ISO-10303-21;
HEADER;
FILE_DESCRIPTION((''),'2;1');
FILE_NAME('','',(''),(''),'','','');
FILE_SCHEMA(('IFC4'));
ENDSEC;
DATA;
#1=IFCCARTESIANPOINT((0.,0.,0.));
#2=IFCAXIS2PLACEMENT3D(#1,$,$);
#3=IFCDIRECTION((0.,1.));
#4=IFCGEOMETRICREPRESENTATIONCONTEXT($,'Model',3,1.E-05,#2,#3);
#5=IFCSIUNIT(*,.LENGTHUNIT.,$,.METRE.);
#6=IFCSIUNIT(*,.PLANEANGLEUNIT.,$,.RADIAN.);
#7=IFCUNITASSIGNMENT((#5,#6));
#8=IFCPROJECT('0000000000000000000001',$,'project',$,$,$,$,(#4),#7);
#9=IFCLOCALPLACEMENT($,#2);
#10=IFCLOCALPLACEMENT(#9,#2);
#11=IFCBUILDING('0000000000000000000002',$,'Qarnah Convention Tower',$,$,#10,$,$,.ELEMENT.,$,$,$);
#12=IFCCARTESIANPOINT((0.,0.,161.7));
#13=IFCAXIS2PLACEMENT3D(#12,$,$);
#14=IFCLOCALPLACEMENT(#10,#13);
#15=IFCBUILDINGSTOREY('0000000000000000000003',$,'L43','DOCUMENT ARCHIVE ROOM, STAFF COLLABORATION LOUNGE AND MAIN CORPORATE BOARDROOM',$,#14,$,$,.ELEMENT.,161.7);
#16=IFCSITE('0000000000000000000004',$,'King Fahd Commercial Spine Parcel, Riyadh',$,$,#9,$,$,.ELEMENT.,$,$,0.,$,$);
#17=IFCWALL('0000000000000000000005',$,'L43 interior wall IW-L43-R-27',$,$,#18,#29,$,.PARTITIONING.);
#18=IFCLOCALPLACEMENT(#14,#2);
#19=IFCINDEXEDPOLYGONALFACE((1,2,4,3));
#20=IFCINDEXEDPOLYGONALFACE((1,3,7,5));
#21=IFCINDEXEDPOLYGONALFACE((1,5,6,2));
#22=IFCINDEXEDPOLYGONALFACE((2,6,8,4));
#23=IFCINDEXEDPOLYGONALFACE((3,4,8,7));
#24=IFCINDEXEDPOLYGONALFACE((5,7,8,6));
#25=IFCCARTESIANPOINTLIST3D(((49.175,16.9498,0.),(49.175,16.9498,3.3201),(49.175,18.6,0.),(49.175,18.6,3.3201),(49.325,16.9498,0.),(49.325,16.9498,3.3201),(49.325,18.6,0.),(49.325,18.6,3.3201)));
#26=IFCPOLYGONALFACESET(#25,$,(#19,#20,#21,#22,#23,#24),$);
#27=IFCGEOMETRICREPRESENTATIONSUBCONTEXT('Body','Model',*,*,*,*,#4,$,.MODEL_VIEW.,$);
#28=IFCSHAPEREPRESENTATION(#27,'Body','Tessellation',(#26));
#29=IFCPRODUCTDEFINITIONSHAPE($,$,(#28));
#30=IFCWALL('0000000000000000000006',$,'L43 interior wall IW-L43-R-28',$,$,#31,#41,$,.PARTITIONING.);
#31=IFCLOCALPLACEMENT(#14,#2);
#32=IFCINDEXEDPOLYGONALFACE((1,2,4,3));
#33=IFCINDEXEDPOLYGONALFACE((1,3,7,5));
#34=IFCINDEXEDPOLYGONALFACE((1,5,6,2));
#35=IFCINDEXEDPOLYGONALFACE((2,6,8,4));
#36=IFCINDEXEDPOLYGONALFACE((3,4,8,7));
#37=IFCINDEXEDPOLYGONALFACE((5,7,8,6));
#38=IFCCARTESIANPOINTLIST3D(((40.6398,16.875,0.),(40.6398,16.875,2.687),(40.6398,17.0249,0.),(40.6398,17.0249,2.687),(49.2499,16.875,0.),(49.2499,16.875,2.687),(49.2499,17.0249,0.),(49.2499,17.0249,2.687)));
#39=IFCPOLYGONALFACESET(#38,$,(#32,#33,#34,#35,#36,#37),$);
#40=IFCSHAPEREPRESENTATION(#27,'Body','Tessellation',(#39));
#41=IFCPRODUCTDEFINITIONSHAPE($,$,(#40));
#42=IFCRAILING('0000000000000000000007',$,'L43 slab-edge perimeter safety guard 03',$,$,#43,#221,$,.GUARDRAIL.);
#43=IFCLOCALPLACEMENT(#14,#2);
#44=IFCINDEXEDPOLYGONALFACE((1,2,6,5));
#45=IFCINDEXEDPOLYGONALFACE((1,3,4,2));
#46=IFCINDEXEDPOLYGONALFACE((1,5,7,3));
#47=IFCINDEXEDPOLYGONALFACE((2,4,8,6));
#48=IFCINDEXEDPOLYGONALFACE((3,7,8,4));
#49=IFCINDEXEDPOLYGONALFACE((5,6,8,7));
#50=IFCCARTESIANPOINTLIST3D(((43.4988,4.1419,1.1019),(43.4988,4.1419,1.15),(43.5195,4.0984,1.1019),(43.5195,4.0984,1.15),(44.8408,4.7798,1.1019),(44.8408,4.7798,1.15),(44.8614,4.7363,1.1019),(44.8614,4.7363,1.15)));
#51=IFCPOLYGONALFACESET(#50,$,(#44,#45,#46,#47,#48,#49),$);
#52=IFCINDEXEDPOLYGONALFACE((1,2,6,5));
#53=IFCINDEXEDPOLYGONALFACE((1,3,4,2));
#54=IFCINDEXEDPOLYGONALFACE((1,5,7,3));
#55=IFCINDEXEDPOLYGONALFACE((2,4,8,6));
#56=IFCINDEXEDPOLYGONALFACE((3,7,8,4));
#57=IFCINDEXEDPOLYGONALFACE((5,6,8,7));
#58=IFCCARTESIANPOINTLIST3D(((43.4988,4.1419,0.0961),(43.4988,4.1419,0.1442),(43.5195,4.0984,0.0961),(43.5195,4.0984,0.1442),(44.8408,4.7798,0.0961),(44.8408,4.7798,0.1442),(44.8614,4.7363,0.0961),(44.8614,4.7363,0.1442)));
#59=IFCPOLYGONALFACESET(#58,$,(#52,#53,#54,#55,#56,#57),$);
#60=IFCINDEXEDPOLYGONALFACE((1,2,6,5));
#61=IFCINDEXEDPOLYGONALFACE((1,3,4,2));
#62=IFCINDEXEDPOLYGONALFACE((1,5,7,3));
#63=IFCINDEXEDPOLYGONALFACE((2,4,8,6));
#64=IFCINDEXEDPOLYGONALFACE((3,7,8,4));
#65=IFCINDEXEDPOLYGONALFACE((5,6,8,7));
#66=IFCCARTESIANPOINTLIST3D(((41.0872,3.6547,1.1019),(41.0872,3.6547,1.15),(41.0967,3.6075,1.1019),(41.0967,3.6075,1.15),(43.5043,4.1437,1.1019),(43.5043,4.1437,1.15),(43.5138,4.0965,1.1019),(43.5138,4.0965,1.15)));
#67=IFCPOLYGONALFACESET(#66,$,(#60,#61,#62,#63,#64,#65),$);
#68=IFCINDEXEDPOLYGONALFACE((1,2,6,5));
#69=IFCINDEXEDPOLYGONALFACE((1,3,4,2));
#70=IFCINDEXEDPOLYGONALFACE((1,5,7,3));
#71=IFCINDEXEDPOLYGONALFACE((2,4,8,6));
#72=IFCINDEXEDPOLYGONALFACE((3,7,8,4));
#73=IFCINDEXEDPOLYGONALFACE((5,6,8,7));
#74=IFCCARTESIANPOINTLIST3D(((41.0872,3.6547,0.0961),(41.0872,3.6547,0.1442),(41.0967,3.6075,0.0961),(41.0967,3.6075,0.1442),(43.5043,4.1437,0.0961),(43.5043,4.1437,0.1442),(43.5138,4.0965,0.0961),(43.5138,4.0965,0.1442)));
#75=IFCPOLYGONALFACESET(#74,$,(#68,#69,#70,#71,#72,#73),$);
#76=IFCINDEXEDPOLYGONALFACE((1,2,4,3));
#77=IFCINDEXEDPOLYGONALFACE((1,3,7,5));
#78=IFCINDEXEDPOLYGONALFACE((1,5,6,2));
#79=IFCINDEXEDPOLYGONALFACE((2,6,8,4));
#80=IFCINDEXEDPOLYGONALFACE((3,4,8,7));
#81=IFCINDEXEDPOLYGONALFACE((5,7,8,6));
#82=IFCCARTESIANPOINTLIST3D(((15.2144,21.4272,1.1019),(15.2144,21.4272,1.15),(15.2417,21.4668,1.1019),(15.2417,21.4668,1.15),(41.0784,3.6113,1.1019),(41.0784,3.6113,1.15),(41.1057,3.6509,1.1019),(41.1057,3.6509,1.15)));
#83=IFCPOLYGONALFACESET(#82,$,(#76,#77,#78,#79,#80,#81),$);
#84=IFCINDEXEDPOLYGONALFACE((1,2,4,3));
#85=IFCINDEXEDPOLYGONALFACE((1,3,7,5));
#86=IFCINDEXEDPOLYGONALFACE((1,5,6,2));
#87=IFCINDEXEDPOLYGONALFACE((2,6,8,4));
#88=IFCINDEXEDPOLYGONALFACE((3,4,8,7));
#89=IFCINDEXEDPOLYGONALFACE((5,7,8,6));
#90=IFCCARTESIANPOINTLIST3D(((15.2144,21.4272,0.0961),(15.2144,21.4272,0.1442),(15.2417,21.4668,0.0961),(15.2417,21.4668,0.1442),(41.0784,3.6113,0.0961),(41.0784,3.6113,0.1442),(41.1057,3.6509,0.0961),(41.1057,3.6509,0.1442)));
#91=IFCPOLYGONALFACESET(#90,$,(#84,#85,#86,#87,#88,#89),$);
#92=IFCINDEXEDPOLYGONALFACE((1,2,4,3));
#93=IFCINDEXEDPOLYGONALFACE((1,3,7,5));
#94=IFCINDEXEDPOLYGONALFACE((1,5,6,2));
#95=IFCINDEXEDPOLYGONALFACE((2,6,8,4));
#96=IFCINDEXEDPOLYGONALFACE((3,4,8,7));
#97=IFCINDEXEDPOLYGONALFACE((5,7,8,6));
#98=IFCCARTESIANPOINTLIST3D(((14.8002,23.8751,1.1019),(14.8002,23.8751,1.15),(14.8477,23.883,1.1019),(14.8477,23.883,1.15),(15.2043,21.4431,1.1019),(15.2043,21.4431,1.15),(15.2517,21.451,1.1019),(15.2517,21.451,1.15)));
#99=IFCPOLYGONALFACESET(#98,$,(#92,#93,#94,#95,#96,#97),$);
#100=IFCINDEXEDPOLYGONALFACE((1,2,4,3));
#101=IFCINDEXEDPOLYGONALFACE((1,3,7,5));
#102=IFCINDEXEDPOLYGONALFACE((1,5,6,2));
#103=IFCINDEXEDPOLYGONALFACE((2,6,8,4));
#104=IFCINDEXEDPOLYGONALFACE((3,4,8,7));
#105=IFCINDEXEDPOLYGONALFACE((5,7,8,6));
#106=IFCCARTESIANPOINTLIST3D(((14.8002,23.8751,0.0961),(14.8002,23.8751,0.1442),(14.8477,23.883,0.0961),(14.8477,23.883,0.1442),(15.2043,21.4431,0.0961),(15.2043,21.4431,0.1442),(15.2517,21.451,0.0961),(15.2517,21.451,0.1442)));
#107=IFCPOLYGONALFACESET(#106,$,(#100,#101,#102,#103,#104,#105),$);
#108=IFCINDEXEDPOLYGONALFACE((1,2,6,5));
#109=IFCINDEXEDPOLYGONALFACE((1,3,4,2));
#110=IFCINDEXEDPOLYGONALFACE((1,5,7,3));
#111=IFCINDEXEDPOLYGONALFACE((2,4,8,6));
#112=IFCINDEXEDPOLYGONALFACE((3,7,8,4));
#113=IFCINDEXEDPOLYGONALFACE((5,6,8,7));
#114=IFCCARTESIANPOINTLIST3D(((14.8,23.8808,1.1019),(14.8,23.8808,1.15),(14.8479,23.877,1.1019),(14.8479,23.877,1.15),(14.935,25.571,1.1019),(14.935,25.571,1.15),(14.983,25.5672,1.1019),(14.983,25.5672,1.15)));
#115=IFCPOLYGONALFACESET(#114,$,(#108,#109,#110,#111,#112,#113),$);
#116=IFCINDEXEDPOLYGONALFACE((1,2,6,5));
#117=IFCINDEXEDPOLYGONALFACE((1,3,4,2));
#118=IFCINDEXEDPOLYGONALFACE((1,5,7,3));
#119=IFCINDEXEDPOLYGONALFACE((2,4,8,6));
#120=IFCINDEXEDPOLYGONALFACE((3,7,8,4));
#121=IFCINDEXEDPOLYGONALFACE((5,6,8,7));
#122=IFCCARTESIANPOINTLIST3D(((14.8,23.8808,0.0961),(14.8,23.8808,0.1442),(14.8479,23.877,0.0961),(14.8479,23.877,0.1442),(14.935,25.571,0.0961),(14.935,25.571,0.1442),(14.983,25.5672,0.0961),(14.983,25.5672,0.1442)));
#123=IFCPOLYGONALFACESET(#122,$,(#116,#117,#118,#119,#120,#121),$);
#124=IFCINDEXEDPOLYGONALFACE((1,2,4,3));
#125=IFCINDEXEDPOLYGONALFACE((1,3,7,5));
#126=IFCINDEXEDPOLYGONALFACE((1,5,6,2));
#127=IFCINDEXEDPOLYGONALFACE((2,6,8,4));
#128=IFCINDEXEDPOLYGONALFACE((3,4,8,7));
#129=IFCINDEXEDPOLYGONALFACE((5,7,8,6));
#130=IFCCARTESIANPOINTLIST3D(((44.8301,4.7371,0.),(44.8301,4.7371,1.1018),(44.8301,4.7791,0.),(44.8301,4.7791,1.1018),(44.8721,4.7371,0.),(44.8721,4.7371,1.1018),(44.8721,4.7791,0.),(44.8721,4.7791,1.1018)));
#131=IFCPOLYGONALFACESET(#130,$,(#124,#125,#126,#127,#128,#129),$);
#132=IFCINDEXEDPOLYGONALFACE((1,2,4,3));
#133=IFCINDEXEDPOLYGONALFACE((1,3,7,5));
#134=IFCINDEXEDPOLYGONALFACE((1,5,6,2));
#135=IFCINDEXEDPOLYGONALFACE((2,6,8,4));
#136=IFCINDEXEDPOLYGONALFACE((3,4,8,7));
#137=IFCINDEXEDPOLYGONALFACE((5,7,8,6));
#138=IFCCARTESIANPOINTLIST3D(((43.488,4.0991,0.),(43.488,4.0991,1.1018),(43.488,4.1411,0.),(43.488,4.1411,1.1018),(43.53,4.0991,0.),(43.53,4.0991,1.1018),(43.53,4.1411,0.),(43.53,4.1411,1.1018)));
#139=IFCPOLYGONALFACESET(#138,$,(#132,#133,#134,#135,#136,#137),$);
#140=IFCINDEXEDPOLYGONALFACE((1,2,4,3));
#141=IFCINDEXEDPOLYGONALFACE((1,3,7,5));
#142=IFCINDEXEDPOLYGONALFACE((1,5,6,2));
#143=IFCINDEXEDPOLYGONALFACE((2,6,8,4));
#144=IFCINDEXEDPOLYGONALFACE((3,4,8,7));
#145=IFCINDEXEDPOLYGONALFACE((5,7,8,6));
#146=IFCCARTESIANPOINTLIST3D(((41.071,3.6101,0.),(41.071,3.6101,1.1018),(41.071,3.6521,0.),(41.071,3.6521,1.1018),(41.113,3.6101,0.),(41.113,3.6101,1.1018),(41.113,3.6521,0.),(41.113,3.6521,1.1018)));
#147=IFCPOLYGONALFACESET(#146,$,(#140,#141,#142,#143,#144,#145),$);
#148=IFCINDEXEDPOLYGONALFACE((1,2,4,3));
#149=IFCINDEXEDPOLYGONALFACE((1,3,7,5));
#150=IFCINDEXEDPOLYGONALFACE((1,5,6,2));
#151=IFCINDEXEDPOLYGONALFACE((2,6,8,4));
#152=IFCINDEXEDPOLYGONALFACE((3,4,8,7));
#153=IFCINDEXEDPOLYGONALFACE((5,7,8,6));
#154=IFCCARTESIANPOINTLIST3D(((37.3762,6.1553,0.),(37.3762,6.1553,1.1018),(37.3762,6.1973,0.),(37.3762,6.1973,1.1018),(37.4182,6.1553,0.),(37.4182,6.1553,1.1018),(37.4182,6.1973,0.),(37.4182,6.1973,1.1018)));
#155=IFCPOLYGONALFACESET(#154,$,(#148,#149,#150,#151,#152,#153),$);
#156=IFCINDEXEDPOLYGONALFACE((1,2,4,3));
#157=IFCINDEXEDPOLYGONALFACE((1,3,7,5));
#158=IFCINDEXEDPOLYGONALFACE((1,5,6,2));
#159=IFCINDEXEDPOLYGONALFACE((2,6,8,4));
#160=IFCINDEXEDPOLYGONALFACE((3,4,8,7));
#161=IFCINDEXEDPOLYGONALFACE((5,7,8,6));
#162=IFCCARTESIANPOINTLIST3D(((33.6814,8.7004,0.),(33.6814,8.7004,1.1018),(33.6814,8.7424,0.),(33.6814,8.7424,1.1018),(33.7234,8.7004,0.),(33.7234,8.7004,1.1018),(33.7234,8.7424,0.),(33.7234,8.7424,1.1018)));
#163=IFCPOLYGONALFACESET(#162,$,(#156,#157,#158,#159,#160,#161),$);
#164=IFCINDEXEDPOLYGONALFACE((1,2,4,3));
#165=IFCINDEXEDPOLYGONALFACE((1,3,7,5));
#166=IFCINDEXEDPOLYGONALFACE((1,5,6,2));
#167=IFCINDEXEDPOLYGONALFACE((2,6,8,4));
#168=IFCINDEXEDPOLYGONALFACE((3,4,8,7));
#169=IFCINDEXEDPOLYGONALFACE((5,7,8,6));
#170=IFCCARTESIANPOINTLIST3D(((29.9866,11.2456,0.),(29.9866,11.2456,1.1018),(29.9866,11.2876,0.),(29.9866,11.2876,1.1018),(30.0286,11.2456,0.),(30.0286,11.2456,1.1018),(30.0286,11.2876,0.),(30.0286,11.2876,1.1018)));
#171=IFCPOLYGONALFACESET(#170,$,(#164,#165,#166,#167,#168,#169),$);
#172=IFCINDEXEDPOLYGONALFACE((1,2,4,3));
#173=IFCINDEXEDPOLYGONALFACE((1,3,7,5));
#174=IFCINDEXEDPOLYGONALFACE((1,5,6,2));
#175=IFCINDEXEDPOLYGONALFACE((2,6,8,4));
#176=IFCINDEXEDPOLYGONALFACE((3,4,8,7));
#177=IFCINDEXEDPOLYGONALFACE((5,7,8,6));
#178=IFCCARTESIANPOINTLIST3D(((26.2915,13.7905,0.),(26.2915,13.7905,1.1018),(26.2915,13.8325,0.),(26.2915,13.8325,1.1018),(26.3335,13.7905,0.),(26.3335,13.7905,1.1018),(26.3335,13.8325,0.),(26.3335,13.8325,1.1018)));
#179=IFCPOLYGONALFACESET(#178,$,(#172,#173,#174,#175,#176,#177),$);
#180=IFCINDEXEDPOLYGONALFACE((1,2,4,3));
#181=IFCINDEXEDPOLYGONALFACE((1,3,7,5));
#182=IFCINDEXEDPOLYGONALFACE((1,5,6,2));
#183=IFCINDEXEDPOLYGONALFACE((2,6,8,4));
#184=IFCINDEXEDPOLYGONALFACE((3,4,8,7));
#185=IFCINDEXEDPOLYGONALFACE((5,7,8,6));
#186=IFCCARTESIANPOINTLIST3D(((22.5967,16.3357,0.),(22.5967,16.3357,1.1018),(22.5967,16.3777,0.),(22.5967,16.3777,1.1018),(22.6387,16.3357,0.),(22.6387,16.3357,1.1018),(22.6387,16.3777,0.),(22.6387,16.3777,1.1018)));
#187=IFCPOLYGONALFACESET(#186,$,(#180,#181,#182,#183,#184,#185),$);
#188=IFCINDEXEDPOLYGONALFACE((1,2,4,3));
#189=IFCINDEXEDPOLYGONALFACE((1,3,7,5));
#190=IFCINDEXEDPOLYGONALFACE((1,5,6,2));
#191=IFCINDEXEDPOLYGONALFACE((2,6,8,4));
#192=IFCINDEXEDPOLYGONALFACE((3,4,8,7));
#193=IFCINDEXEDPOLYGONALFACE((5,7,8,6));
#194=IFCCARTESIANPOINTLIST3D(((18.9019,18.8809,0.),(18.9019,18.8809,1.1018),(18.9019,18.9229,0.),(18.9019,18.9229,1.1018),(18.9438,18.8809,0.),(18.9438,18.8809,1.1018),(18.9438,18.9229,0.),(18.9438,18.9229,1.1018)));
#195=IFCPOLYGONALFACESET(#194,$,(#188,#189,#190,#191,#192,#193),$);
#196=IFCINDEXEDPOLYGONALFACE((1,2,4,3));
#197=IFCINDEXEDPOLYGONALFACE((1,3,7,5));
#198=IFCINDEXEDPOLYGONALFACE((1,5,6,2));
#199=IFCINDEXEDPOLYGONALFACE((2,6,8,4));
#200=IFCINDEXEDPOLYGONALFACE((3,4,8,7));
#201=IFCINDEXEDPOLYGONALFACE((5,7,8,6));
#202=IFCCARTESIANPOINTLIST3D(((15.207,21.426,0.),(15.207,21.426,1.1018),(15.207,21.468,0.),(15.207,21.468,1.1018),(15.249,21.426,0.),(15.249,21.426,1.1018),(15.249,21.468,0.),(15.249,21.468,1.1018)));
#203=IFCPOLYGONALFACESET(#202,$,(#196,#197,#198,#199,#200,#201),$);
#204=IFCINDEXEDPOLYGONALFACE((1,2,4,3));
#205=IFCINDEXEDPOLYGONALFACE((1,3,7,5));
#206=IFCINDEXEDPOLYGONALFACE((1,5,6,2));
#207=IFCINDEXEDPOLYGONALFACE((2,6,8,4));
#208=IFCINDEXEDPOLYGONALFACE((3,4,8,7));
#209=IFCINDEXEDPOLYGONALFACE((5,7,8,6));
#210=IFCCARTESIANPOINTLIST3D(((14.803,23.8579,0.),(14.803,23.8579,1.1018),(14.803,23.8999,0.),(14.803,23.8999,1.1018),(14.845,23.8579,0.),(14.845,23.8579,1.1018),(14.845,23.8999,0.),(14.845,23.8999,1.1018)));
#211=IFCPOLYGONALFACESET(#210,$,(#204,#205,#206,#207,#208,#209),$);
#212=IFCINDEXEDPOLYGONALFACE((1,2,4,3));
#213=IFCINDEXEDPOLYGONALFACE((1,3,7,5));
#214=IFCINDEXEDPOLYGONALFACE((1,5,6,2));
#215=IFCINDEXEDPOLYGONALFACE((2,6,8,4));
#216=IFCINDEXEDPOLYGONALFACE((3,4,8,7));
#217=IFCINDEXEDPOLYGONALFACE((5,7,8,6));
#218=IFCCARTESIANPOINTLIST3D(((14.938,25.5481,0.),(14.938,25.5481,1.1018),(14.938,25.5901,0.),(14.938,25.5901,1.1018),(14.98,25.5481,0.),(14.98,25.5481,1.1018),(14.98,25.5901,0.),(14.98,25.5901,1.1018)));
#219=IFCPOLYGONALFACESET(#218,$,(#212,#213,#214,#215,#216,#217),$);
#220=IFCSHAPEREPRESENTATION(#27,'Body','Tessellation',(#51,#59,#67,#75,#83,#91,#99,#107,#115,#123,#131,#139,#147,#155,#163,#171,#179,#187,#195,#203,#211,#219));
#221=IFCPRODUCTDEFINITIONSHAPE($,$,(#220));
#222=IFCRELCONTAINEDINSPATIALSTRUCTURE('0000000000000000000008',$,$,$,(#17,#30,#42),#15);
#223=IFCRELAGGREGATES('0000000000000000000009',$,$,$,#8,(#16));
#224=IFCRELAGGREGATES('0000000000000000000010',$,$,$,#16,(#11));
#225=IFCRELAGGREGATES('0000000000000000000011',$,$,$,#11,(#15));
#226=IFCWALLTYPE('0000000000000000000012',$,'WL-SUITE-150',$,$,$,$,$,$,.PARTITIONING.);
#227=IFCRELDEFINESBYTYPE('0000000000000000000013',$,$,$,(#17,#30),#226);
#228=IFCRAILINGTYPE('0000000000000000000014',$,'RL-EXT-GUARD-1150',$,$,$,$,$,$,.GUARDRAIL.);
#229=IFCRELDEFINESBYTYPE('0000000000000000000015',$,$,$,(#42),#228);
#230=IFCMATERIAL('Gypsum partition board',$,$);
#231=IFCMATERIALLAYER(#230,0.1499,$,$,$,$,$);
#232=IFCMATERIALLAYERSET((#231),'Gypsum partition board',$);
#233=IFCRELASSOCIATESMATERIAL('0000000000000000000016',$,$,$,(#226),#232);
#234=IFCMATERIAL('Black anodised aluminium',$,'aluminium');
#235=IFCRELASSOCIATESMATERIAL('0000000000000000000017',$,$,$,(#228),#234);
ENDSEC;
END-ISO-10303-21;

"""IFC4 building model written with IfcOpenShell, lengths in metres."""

from ifc_helpers import new_model, si_unit, direction, frame, frame_2d, origin, origin_2d, place, context, subcontext, project, spatial, rectangle, extrude, material, layer, layer_set, type_object, element, save


model = new_model("IFC4")

# Units and contexts
model_context = context("Model", 3, precision=1e-05, world=origin(), true_north=direction((0.0, 1.0)))
body_context = subcontext(model_context, "Body", "Model", "MODEL_VIEW")
ifc_project = project(units=[si_unit("LENGTHUNIT", "METRE"), si_unit("PLANEANGLEUNIT", "RADIAN")], contexts=[model_context])

# Site, building, storey
site_placement = place(None, origin())
site = spatial("IfcSite", under=ifc_project, at=site_placement, Name="King Fahd Commercial Spine Parcel, Riyadh", CompositionType="ELEMENT", RefElevation=0.0)
building_placement = place(site_placement, origin())
building = spatial("IfcBuilding", under=site, at=building_placement, Name="Qarnah Convention Tower", CompositionType="ELEMENT")
storey_placement = place(building_placement, frame((0.0, 0.0, 161.7)))
storey = spatial("IfcBuildingStorey", under=building, at=storey_placement, Name="L43", Description="DOCUMENT ARCHIVE ROOM, STAFF COLLABORATION LOUNGE AND MAIN CORPORATE BOARDROOM", CompositionType="ELEMENT", Elevation=161.7)

# Shared definitions
ifc_material_1 = material(Name="Black anodised aluminium", Category="aluminium")

# Shared definitions
ifc_material_2 = material(Name="Gypsum partition board")
ifc_layer_1 = layer(ifc_material_2, 0.1499)
ifc_layer_set_1 = layer_set([ifc_layer_1], Name="Gypsum partition board")
wall_type_1 = type_object("IfcWallType", Name="WL-SUITE-150", PredefinedType="PARTITIONING", material=ifc_layer_set_1)

# Walls
wall_1_placement = place(storey_placement, frame((49.25, 18.6001, 0.0), z_axis=(0.0, 0.0, 1.0), x_axis=(0.0, -1.0, 0.0)))
element("IfcWall", 1, at=wall_1_placement, inside=storey, type_object=wall_type_1, Name="L43 interior wall IW-L43-R-27", PredefinedType="PARTITIONING", context=body_context, shape_type="SweptSolid", body=[
    extrude(rectangle(XDim=1.6501, YDim=0.1499, at=frame_2d((0.8252, 0.0))), origin(), (0.0, 0.0, 1.0), 3.3201),
])
wall_2_placement = place(storey_placement, frame((49.25, 16.95, 0.0), z_axis=(0.0, 0.0, 1.0), x_axis=(-1.0, 0.0, 0.0)))
element("IfcWall", 2, at=wall_2_placement, inside=storey, type_object=wall_type_1, Name="L43 interior wall IW-L43-R-28", PredefinedType="PARTITIONING", context=body_context, shape_type="SweptSolid", body=[
    extrude(rectangle(XDim=8.6101, YDim=0.1499, at=frame_2d((4.3052, 0.0))), origin(), (0.0, 0.0, 1.0), 2.687),
])

# Railing
railing_type = type_object("IfcRailingType", Name="RL-EXT-GUARD-1150", PredefinedType="GUARDRAIL", material=ifc_material_1)
railing_1_placement = place(storey_placement, frame((44.8511, 4.7581, 0.0)))
element("IfcRailing", 3, at=railing_1_placement, inside=storey, type_object=railing_type, Name="L43 slab-edge perimeter safety guard 03", PredefinedType="GUARDRAIL", context=body_context, shape_type="SweptSolid", body=[
    extrude(rectangle(XDim=0.0481, YDim=0.0481, at=origin_2d()), frame((0.0, 0.0, 1.126), z_axis=(-0.903155, -0.429315, 0.0), x_axis=(0.429315, -0.903155, 0.0)), (0.0, 0.0, 1.0), 1.4858),
    extrude(rectangle(XDim=0.0481, YDim=0.0481, at=origin_2d()), frame((0.0, 0.0, 0.1201), z_axis=(-0.903155, -0.429315, 0.0), x_axis=(0.429315, -0.903155, 0.0)), (0.0, 0.0, 1.0), 1.4858),
    extrude(rectangle(XDim=0.0481, YDim=0.0481, at=origin_2d()), frame((-1.342, -0.6379, 1.126), z_axis=(-0.98014, -0.198305, 0.0), x_axis=(0.198305, -0.98014, 0.0)), (0.0, 0.0, 1.0), 2.4661),
    extrude(rectangle(XDim=0.0481, YDim=0.0481, at=origin_2d()), frame((-1.342, -0.6379, 0.1201), z_axis=(-0.98014, -0.198305, 0.0), x_axis=(0.198305, -0.98014, 0.0)), (0.0, 0.0, 1.0), 2.4661),
    extrude(rectangle(XDim=0.0481, YDim=0.0481, at=origin_2d()), frame((-3.759, -1.127, 1.126), z_axis=(-0.82353, 0.567273, 0.0), x_axis=(-0.567273, -0.82353, 0.0)), (0.0, 0.0, 1.0), 31.4062),
    extrude(rectangle(XDim=0.0481, YDim=0.0481, at=origin_2d()), frame((-3.759, -1.127, 0.1201), z_axis=(-0.82353, 0.567273, 0.0), x_axis=(-0.567273, -0.82353, 0.0)), (0.0, 0.0, 1.0), 31.4062),
    extrude(rectangle(XDim=0.0481, YDim=0.0481, at=origin_2d()), frame((-29.623, 16.689, 1.126), z_axis=(-0.163901, 0.986477, 0.0), x_axis=(-0.986477, -0.163901, 0.0)), (0.0, 0.0, 1.0), 2.4653),
    extrude(rectangle(XDim=0.0481, YDim=0.0481, at=origin_2d()), frame((-29.623, 16.689, 0.1201), z_axis=(-0.163901, 0.986477, 0.0), x_axis=(-0.986477, -0.163901, 0.0)), (0.0, 0.0, 1.0), 2.4653),
    extrude(rectangle(XDim=0.0481, YDim=0.0481, at=origin_2d()), frame((-30.0271, 19.1208, 1.126), z_axis=(0.079625, 0.996825, 0.0), x_axis=(-0.996825, 0.079625, 0.0)), (0.0, 0.0, 1.0), 1.6956),
    extrude(rectangle(XDim=0.0481, YDim=0.0481, at=origin_2d()), frame((-30.0271, 19.1208, 0.1201), z_axis=(0.079625, 0.996825, 0.0), x_axis=(-0.996825, 0.079625, 0.0)), (0.0, 0.0, 1.0), 1.6956),
    extrude(rectangle(XDim=0.042, YDim=0.042, at=origin_2d()), origin(), (0.0, 0.0, 1.0), 1.1018),
    extrude(rectangle(XDim=0.042, YDim=0.042, at=origin_2d()), frame((-1.342, -0.6379, 0.0)), (0.0, 0.0, 1.0), 1.1018),
    extrude(rectangle(XDim=0.042, YDim=0.042, at=origin_2d()), frame((-3.759, -1.127, 0.0)), (0.0, 0.0, 1.0), 1.1018),
    extrude(rectangle(XDim=0.042, YDim=0.042, at=origin_2d()), frame((-7.4539, 1.4182, 0.0)), (0.0, 0.0, 1.0), 1.1018),
    extrude(rectangle(XDim=0.042, YDim=0.042, at=origin_2d()), frame((-11.1487, 3.9634, 0.0)), (0.0, 0.0, 1.0), 1.1018),
    extrude(rectangle(XDim=0.042, YDim=0.042, at=origin_2d()), frame((-14.8435, 6.5085, 0.0)), (0.0, 0.0, 1.0), 1.1018),
    extrude(rectangle(XDim=0.042, YDim=0.042, at=origin_2d()), frame((-18.5386, 9.0535, 0.0)), (0.0, 0.0, 1.0), 1.1018),
    extrude(rectangle(XDim=0.042, YDim=0.042, at=origin_2d()), frame((-22.2334, 11.5986, 0.0)), (0.0, 0.0, 1.0), 1.1018),
    extrude(rectangle(XDim=0.042, YDim=0.042, at=origin_2d()), frame((-25.9282, 14.1438, 0.0)), (0.0, 0.0, 1.0), 1.1018),
    extrude(rectangle(XDim=0.042, YDim=0.042, at=origin_2d()), frame((-29.623, 16.689, 0.0)), (0.0, 0.0, 1.0), 1.1018),
    extrude(rectangle(XDim=0.042, YDim=0.042, at=origin_2d()), frame((-30.0271, 19.1208, 0.0)), (0.0, 0.0, 1.0), 1.1018),
    extrude(rectangle(XDim=0.042, YDim=0.042, at=origin_2d()), frame((-29.8921, 20.811, 0.0)), (0.0, 0.0, 1.0), 1.1018),
])

save(model, "model.ifc")
